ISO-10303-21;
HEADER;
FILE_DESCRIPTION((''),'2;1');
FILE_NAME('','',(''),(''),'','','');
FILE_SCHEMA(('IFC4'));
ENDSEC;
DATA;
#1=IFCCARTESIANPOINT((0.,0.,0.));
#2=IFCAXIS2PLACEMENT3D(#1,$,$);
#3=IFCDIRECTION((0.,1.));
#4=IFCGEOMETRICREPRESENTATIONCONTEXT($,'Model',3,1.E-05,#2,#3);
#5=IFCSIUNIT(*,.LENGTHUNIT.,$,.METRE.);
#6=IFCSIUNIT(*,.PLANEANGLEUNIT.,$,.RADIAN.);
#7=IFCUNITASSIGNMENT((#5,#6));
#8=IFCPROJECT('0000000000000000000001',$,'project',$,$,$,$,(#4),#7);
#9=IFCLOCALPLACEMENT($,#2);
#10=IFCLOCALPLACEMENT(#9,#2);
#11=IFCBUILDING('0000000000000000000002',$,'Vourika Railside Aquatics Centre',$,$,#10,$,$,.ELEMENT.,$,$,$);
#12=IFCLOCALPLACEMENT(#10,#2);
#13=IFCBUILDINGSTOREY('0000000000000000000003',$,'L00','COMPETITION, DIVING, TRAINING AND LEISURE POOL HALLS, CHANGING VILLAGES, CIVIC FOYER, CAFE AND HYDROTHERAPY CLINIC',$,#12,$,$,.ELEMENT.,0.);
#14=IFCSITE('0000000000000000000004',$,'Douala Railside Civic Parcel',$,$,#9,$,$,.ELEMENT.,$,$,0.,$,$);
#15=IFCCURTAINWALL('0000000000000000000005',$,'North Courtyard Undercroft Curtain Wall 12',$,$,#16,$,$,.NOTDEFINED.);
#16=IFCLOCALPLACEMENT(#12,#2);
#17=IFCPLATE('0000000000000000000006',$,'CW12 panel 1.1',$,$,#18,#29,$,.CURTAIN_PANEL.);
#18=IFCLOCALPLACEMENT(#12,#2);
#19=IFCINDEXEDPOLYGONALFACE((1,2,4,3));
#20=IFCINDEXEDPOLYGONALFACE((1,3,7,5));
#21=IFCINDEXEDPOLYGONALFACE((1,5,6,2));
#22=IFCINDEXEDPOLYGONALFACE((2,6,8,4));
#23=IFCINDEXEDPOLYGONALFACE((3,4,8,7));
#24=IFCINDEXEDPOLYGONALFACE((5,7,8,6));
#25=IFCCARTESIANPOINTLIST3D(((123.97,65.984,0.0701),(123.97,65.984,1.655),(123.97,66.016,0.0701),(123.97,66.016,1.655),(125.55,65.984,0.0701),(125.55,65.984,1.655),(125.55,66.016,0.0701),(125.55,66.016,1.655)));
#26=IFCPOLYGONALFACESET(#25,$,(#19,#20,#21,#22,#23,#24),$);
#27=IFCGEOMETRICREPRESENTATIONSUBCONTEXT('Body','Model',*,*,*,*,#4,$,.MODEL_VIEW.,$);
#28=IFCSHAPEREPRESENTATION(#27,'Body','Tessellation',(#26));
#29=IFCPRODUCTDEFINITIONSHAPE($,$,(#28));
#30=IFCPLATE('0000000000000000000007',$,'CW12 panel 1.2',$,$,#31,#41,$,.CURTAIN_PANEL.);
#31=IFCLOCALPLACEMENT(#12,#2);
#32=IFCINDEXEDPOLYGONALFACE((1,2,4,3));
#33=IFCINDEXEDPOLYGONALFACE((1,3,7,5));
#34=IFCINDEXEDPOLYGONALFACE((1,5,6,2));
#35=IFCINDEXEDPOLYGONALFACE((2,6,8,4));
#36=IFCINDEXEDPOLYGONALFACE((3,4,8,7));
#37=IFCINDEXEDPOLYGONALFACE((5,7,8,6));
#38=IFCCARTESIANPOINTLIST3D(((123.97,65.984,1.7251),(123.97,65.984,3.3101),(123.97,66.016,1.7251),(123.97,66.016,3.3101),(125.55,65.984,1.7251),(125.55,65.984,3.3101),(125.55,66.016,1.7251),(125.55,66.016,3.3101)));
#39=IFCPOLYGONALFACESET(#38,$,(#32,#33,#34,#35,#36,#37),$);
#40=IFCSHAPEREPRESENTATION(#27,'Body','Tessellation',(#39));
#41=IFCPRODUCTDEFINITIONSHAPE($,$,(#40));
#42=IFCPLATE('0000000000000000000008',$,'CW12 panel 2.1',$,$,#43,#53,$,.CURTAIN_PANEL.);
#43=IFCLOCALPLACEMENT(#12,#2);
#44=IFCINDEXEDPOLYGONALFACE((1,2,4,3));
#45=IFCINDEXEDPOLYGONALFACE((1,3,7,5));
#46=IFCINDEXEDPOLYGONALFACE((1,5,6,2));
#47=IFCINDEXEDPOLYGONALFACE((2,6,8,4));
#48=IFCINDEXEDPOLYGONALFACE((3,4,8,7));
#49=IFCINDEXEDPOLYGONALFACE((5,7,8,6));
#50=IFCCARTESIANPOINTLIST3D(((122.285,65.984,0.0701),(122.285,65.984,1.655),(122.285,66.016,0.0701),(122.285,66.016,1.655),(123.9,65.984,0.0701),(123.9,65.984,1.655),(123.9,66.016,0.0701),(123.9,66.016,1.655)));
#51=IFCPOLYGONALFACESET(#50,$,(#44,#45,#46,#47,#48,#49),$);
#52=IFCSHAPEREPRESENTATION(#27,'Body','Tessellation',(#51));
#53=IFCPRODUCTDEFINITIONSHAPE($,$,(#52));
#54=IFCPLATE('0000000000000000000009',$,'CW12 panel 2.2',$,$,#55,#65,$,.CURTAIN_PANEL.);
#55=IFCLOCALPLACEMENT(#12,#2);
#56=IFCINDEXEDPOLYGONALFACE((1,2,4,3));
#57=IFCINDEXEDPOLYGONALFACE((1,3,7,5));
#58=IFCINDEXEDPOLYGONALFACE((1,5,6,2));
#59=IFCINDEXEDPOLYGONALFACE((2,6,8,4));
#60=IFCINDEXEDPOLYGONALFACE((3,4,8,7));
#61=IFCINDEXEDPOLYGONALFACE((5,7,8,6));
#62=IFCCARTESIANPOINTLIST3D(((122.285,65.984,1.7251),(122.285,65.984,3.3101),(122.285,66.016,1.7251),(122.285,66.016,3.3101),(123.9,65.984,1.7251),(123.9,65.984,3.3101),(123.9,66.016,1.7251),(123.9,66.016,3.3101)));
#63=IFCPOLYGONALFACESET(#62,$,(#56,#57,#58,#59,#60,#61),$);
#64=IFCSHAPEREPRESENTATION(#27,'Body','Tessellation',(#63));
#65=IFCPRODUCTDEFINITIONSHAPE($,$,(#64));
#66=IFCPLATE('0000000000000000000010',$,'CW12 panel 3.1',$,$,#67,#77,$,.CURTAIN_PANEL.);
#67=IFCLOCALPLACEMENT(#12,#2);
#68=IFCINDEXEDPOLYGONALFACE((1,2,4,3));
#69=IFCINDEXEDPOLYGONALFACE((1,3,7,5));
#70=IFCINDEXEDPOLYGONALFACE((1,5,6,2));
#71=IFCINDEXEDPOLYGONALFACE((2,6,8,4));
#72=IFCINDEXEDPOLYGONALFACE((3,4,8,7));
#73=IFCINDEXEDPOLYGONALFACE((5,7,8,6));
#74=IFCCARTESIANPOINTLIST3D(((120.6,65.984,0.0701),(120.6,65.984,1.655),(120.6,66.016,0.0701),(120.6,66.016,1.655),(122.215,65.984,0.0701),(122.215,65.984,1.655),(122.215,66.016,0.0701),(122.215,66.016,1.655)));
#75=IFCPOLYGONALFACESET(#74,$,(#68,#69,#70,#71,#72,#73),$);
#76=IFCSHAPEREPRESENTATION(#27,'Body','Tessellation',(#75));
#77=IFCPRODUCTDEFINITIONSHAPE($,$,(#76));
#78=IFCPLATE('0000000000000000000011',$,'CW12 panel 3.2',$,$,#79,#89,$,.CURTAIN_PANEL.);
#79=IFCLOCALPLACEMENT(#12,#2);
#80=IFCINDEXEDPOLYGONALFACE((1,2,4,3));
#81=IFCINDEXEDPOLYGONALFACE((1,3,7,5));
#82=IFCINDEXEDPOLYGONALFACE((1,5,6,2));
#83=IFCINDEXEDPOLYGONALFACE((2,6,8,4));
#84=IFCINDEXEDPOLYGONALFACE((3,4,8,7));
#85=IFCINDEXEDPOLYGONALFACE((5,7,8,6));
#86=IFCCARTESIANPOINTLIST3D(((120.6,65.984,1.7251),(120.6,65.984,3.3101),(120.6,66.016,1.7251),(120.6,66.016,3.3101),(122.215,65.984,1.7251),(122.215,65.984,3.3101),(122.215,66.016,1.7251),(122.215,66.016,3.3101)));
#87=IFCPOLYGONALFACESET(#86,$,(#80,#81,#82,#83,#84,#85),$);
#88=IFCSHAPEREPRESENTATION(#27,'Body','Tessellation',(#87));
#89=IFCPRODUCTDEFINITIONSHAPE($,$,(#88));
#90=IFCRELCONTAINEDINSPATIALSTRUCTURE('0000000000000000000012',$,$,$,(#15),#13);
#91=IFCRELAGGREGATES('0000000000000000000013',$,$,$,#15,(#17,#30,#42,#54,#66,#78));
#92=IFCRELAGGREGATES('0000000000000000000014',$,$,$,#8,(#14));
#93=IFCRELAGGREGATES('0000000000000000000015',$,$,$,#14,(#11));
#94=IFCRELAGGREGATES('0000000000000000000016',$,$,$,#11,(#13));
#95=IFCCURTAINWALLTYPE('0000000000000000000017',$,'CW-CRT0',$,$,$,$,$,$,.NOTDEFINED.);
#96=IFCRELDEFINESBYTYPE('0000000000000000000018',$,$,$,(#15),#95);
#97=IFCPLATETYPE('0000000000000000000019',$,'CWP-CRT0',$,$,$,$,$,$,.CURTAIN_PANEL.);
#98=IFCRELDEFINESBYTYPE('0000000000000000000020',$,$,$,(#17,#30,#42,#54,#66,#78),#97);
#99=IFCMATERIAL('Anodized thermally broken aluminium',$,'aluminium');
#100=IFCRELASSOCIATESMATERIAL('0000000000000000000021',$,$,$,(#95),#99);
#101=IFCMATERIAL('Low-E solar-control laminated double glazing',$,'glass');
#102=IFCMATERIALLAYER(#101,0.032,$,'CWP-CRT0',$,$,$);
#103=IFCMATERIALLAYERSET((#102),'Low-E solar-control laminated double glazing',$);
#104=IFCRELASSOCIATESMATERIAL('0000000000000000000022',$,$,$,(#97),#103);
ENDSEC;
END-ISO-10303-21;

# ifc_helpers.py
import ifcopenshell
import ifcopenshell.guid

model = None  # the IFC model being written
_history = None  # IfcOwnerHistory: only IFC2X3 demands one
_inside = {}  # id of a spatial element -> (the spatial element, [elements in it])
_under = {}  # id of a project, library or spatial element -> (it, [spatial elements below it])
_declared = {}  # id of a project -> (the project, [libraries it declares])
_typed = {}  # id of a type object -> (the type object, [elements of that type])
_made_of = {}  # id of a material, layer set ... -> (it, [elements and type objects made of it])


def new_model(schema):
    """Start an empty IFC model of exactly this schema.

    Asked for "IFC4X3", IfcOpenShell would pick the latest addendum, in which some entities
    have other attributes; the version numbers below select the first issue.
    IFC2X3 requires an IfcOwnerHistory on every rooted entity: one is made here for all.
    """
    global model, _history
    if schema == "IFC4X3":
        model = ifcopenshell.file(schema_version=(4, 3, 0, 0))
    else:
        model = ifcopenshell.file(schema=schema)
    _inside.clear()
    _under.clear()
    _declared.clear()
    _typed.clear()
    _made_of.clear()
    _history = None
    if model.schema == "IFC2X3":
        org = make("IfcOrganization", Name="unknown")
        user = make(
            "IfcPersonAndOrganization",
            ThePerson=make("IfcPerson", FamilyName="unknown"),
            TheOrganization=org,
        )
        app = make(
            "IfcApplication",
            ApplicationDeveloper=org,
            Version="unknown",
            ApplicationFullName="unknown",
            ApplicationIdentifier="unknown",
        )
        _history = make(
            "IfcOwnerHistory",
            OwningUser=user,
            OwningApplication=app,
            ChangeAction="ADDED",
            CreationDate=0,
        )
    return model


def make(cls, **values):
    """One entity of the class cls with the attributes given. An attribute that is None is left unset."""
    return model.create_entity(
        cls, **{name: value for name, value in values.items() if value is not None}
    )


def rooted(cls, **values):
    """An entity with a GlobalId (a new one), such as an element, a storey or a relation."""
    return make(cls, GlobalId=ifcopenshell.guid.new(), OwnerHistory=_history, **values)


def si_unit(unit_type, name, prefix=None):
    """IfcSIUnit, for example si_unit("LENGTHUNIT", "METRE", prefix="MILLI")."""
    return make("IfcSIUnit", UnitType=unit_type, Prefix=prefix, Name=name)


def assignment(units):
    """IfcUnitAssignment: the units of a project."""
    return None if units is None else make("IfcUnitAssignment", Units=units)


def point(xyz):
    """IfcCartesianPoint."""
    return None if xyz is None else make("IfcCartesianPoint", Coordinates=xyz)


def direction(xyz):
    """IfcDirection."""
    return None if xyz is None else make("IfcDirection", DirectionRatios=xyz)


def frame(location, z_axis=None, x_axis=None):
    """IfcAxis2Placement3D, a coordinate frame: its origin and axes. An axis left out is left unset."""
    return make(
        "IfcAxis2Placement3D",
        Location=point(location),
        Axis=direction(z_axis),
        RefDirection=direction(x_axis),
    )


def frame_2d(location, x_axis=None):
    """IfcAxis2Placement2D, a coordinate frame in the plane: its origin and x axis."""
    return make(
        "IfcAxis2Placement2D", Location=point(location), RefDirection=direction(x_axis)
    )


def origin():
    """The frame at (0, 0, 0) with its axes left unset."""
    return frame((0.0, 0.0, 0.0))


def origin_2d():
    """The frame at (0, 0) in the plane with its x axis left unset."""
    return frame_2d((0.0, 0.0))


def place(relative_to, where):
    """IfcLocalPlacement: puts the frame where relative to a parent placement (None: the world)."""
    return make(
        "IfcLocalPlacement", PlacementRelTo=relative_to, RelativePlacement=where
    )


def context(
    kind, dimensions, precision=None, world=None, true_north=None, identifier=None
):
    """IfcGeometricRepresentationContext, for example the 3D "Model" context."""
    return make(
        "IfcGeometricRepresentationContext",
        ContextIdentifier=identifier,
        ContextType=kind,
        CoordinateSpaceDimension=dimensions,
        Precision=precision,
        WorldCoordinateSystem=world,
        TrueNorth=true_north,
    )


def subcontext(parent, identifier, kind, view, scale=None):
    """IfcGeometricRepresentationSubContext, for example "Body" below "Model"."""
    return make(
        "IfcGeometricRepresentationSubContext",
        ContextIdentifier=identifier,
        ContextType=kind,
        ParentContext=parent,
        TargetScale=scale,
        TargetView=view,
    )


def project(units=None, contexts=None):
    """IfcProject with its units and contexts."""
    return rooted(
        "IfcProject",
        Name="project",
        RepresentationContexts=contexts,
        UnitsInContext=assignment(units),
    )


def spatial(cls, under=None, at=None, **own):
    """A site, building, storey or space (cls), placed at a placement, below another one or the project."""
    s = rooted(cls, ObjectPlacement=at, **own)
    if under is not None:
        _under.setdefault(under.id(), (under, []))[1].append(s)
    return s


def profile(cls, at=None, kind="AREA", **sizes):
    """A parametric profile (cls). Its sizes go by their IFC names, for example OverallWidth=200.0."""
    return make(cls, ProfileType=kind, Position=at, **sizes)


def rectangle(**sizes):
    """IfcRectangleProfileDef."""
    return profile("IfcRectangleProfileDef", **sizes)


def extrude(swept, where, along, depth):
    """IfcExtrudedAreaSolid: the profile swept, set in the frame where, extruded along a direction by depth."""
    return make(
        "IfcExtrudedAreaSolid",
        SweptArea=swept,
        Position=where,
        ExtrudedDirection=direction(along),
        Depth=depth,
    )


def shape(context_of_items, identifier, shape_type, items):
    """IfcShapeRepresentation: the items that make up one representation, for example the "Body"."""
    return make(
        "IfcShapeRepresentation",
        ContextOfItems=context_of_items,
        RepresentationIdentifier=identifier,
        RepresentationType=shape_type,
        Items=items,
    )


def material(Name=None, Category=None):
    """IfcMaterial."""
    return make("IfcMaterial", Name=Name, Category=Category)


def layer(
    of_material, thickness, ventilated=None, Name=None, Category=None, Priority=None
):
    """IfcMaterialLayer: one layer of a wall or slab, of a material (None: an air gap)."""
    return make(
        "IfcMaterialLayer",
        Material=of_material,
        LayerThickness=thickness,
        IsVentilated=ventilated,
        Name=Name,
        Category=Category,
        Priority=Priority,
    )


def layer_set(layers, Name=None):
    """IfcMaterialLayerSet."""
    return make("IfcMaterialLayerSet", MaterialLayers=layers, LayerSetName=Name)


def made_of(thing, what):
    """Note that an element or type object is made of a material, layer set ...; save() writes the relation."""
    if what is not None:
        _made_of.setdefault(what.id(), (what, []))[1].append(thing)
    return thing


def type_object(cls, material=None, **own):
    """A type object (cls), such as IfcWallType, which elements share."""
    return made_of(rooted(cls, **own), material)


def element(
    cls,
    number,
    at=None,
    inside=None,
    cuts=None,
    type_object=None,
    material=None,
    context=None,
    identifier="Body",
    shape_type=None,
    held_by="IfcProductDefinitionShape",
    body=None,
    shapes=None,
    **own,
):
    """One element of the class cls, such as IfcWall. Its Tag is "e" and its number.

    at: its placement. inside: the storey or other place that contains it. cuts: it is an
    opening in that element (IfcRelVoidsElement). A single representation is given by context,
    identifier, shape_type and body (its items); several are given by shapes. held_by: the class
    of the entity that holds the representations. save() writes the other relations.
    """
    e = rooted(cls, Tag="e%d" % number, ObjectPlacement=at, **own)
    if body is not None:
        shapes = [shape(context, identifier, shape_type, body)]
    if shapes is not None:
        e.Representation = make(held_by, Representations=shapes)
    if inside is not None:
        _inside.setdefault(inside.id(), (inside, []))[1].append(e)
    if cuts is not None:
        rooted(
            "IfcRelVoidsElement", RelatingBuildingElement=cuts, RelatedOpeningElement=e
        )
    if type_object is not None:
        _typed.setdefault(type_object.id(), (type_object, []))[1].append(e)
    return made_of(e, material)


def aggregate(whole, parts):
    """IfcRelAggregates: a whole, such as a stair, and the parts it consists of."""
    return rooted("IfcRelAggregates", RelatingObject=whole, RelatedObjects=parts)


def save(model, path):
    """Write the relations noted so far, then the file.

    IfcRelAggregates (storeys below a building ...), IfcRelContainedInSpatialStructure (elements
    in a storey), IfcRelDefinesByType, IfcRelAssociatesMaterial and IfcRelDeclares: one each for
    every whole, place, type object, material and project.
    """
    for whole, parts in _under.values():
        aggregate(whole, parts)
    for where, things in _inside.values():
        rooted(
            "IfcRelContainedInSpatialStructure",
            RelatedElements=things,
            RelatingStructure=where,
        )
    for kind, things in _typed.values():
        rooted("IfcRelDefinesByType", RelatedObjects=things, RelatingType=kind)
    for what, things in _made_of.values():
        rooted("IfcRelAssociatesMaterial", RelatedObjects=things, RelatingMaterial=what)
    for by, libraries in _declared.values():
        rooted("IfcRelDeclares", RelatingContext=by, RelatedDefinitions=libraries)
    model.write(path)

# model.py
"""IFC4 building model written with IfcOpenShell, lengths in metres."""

from ifc_helpers import new_model, si_unit, direction, frame, origin, origin_2d, place, context, subcontext, project, spatial, rectangle, extrude, material, layer, layer_set, type_object, element, aggregate, save


model = new_model("IFC4")

# Units and contexts
model_context = context("Model", 3, precision=1e-05, world=origin(), true_north=direction((0.0, 1.0)))
body_context = subcontext(model_context, "Body", "Model", "MODEL_VIEW")
ifc_project = project(units=[si_unit("LENGTHUNIT", "METRE"), si_unit("PLANEANGLEUNIT", "RADIAN")], contexts=[model_context])

# Site, building, storey
site_placement = place(None, origin())
site = spatial("IfcSite", under=ifc_project, at=site_placement, Name="Douala Railside Civic Parcel", CompositionType="ELEMENT", RefElevation=0.0)
building_placement = place(site_placement, origin())
building = spatial("IfcBuilding", under=site, at=building_placement, Name="Vourika Railside Aquatics Centre", CompositionType="ELEMENT")
storey_placement = place(building_placement, origin())
storey = spatial("IfcBuildingStorey", under=building, at=storey_placement, Name="L00", Description="COMPETITION, DIVING, TRAINING AND LEISURE POOL HALLS, CHANGING VILLAGES, CIVIC FOYER, CAFE AND HYDROTHERAPY CLINIC", CompositionType="ELEMENT", Elevation=0.0)

# Curtain wall, plates
ifc_material_1 = material(Name="Anodized thermally broken aluminium", Category="aluminium")
curtain_wall_type = type_object("IfcCurtainWallType", Name="CW-CRT0", PredefinedType="NOTDEFINED", material=ifc_material_1)
curtain_wall_placement = place(storey_placement, origin())
curtain_wall = element("IfcCurtainWall", 1, at=curtain_wall_placement, inside=storey, type_object=curtain_wall_type, Name="North Courtyard Undercroft Curtain Wall 12", PredefinedType="NOTDEFINED")
ifc_material_2 = material(Name="Low-E solar-control laminated double glazing", Category="glass")
ifc_layer = layer(ifc_material_2, 0.032, Name="CWP-CRT0")
ifc_layer_set = layer_set([ifc_layer], Name="Low-E solar-control laminated double glazing")
plate_type = type_object("IfcPlateType", Name="CWP-CRT0", PredefinedType="CURTAIN_PANEL", material=ifc_layer_set)
plate_1_placement = place(storey_placement, frame((124.76, 66.0, 0.0701), z_axis=(0.0, 0.0, 1.0), x_axis=(-1.0, 0.0, 0.0)))
plate_1 = element("IfcPlate", 2, at=plate_1_placement, type_object=plate_type, Name="CW12 panel 1.1", PredefinedType="CURTAIN_PANEL", context=body_context, shape_type="SweptSolid", body=[
    extrude(rectangle(XDim=1.5801, YDim=0.032, at=origin_2d()), origin(), (0.0, 0.0, 1.0), 1.585),
])
plate_2_placement = place(storey_placement, frame((124.76, 66.0, 1.7251), z_axis=(0.0, 0.0, 1.0), x_axis=(-1.0, 0.0, 0.0)))
plate_2 = element("IfcPlate", 3, at=plate_2_placement, type_object=plate_type, Name="CW12 panel 1.2", PredefinedType="CURTAIN_PANEL", context=body_context, shape_type="SweptSolid", body=[
    extrude(rectangle(XDim=1.5801, YDim=0.032, at=origin_2d()), origin(), (0.0, 0.0, 1.0), 1.585),
])
plate_3_placement = place(storey_placement, frame((123.0925, 66.0, 0.0701), z_axis=(0.0, 0.0, 1.0), x_axis=(-1.0, 0.0, 0.0)))
plate_3 = element("IfcPlate", 4, at=plate_3_placement, type_object=plate_type, Name="CW12 panel 2.1", PredefinedType="CURTAIN_PANEL", context=body_context, shape_type="SweptSolid", body=[
    extrude(rectangle(XDim=1.615, YDim=0.032, at=origin_2d()), origin(), (0.0, 0.0, 1.0), 1.585),
])
plate_4_placement = place(storey_placement, frame((123.0925, 66.0, 1.7251), z_axis=(0.0, 0.0, 1.0), x_axis=(-1.0, 0.0, 0.0)))
plate_4 = element("IfcPlate", 5, at=plate_4_placement, type_object=plate_type, Name="CW12 panel 2.2", PredefinedType="CURTAIN_PANEL", context=body_context, shape_type="SweptSolid", body=[
    extrude(rectangle(XDim=1.615, YDim=0.032, at=origin_2d()), origin(), (0.0, 0.0, 1.0), 1.585),
])
plate_5_placement = place(storey_placement, frame((121.4075, 66.0, 0.0701), z_axis=(0.0, 0.0, 1.0), x_axis=(-1.0, 0.0, 0.0)))
plate_5 = element("IfcPlate", 6, at=plate_5_placement, type_object=plate_type, Name="CW12 panel 3.1", PredefinedType="CURTAIN_PANEL", context=body_context, shape_type="SweptSolid", body=[
    extrude(rectangle(XDim=1.615, YDim=0.032, at=origin_2d()), origin(), (0.0, 0.0, 1.0), 1.585),
])
plate_6_placement = place(storey_placement, frame((121.4075, 66.0, 1.7251), z_axis=(0.0, 0.0, 1.0), x_axis=(-1.0, 0.0, 0.0)))
plate_6 = element("IfcPlate", 7, at=plate_6_placement, type_object=plate_type, Name="CW12 panel 3.2", PredefinedType="CURTAIN_PANEL", context=body_context, shape_type="SweptSolid", body=[
    extrude(rectangle(XDim=1.615, YDim=0.032, at=origin_2d()), origin(), (0.0, 0.0, 1.0), 1.585),
])
aggregate(curtain_wall, [plate_1, plate_2, plate_3, plate_4, plate_5, plate_6])

save(model, "model.ifc")
